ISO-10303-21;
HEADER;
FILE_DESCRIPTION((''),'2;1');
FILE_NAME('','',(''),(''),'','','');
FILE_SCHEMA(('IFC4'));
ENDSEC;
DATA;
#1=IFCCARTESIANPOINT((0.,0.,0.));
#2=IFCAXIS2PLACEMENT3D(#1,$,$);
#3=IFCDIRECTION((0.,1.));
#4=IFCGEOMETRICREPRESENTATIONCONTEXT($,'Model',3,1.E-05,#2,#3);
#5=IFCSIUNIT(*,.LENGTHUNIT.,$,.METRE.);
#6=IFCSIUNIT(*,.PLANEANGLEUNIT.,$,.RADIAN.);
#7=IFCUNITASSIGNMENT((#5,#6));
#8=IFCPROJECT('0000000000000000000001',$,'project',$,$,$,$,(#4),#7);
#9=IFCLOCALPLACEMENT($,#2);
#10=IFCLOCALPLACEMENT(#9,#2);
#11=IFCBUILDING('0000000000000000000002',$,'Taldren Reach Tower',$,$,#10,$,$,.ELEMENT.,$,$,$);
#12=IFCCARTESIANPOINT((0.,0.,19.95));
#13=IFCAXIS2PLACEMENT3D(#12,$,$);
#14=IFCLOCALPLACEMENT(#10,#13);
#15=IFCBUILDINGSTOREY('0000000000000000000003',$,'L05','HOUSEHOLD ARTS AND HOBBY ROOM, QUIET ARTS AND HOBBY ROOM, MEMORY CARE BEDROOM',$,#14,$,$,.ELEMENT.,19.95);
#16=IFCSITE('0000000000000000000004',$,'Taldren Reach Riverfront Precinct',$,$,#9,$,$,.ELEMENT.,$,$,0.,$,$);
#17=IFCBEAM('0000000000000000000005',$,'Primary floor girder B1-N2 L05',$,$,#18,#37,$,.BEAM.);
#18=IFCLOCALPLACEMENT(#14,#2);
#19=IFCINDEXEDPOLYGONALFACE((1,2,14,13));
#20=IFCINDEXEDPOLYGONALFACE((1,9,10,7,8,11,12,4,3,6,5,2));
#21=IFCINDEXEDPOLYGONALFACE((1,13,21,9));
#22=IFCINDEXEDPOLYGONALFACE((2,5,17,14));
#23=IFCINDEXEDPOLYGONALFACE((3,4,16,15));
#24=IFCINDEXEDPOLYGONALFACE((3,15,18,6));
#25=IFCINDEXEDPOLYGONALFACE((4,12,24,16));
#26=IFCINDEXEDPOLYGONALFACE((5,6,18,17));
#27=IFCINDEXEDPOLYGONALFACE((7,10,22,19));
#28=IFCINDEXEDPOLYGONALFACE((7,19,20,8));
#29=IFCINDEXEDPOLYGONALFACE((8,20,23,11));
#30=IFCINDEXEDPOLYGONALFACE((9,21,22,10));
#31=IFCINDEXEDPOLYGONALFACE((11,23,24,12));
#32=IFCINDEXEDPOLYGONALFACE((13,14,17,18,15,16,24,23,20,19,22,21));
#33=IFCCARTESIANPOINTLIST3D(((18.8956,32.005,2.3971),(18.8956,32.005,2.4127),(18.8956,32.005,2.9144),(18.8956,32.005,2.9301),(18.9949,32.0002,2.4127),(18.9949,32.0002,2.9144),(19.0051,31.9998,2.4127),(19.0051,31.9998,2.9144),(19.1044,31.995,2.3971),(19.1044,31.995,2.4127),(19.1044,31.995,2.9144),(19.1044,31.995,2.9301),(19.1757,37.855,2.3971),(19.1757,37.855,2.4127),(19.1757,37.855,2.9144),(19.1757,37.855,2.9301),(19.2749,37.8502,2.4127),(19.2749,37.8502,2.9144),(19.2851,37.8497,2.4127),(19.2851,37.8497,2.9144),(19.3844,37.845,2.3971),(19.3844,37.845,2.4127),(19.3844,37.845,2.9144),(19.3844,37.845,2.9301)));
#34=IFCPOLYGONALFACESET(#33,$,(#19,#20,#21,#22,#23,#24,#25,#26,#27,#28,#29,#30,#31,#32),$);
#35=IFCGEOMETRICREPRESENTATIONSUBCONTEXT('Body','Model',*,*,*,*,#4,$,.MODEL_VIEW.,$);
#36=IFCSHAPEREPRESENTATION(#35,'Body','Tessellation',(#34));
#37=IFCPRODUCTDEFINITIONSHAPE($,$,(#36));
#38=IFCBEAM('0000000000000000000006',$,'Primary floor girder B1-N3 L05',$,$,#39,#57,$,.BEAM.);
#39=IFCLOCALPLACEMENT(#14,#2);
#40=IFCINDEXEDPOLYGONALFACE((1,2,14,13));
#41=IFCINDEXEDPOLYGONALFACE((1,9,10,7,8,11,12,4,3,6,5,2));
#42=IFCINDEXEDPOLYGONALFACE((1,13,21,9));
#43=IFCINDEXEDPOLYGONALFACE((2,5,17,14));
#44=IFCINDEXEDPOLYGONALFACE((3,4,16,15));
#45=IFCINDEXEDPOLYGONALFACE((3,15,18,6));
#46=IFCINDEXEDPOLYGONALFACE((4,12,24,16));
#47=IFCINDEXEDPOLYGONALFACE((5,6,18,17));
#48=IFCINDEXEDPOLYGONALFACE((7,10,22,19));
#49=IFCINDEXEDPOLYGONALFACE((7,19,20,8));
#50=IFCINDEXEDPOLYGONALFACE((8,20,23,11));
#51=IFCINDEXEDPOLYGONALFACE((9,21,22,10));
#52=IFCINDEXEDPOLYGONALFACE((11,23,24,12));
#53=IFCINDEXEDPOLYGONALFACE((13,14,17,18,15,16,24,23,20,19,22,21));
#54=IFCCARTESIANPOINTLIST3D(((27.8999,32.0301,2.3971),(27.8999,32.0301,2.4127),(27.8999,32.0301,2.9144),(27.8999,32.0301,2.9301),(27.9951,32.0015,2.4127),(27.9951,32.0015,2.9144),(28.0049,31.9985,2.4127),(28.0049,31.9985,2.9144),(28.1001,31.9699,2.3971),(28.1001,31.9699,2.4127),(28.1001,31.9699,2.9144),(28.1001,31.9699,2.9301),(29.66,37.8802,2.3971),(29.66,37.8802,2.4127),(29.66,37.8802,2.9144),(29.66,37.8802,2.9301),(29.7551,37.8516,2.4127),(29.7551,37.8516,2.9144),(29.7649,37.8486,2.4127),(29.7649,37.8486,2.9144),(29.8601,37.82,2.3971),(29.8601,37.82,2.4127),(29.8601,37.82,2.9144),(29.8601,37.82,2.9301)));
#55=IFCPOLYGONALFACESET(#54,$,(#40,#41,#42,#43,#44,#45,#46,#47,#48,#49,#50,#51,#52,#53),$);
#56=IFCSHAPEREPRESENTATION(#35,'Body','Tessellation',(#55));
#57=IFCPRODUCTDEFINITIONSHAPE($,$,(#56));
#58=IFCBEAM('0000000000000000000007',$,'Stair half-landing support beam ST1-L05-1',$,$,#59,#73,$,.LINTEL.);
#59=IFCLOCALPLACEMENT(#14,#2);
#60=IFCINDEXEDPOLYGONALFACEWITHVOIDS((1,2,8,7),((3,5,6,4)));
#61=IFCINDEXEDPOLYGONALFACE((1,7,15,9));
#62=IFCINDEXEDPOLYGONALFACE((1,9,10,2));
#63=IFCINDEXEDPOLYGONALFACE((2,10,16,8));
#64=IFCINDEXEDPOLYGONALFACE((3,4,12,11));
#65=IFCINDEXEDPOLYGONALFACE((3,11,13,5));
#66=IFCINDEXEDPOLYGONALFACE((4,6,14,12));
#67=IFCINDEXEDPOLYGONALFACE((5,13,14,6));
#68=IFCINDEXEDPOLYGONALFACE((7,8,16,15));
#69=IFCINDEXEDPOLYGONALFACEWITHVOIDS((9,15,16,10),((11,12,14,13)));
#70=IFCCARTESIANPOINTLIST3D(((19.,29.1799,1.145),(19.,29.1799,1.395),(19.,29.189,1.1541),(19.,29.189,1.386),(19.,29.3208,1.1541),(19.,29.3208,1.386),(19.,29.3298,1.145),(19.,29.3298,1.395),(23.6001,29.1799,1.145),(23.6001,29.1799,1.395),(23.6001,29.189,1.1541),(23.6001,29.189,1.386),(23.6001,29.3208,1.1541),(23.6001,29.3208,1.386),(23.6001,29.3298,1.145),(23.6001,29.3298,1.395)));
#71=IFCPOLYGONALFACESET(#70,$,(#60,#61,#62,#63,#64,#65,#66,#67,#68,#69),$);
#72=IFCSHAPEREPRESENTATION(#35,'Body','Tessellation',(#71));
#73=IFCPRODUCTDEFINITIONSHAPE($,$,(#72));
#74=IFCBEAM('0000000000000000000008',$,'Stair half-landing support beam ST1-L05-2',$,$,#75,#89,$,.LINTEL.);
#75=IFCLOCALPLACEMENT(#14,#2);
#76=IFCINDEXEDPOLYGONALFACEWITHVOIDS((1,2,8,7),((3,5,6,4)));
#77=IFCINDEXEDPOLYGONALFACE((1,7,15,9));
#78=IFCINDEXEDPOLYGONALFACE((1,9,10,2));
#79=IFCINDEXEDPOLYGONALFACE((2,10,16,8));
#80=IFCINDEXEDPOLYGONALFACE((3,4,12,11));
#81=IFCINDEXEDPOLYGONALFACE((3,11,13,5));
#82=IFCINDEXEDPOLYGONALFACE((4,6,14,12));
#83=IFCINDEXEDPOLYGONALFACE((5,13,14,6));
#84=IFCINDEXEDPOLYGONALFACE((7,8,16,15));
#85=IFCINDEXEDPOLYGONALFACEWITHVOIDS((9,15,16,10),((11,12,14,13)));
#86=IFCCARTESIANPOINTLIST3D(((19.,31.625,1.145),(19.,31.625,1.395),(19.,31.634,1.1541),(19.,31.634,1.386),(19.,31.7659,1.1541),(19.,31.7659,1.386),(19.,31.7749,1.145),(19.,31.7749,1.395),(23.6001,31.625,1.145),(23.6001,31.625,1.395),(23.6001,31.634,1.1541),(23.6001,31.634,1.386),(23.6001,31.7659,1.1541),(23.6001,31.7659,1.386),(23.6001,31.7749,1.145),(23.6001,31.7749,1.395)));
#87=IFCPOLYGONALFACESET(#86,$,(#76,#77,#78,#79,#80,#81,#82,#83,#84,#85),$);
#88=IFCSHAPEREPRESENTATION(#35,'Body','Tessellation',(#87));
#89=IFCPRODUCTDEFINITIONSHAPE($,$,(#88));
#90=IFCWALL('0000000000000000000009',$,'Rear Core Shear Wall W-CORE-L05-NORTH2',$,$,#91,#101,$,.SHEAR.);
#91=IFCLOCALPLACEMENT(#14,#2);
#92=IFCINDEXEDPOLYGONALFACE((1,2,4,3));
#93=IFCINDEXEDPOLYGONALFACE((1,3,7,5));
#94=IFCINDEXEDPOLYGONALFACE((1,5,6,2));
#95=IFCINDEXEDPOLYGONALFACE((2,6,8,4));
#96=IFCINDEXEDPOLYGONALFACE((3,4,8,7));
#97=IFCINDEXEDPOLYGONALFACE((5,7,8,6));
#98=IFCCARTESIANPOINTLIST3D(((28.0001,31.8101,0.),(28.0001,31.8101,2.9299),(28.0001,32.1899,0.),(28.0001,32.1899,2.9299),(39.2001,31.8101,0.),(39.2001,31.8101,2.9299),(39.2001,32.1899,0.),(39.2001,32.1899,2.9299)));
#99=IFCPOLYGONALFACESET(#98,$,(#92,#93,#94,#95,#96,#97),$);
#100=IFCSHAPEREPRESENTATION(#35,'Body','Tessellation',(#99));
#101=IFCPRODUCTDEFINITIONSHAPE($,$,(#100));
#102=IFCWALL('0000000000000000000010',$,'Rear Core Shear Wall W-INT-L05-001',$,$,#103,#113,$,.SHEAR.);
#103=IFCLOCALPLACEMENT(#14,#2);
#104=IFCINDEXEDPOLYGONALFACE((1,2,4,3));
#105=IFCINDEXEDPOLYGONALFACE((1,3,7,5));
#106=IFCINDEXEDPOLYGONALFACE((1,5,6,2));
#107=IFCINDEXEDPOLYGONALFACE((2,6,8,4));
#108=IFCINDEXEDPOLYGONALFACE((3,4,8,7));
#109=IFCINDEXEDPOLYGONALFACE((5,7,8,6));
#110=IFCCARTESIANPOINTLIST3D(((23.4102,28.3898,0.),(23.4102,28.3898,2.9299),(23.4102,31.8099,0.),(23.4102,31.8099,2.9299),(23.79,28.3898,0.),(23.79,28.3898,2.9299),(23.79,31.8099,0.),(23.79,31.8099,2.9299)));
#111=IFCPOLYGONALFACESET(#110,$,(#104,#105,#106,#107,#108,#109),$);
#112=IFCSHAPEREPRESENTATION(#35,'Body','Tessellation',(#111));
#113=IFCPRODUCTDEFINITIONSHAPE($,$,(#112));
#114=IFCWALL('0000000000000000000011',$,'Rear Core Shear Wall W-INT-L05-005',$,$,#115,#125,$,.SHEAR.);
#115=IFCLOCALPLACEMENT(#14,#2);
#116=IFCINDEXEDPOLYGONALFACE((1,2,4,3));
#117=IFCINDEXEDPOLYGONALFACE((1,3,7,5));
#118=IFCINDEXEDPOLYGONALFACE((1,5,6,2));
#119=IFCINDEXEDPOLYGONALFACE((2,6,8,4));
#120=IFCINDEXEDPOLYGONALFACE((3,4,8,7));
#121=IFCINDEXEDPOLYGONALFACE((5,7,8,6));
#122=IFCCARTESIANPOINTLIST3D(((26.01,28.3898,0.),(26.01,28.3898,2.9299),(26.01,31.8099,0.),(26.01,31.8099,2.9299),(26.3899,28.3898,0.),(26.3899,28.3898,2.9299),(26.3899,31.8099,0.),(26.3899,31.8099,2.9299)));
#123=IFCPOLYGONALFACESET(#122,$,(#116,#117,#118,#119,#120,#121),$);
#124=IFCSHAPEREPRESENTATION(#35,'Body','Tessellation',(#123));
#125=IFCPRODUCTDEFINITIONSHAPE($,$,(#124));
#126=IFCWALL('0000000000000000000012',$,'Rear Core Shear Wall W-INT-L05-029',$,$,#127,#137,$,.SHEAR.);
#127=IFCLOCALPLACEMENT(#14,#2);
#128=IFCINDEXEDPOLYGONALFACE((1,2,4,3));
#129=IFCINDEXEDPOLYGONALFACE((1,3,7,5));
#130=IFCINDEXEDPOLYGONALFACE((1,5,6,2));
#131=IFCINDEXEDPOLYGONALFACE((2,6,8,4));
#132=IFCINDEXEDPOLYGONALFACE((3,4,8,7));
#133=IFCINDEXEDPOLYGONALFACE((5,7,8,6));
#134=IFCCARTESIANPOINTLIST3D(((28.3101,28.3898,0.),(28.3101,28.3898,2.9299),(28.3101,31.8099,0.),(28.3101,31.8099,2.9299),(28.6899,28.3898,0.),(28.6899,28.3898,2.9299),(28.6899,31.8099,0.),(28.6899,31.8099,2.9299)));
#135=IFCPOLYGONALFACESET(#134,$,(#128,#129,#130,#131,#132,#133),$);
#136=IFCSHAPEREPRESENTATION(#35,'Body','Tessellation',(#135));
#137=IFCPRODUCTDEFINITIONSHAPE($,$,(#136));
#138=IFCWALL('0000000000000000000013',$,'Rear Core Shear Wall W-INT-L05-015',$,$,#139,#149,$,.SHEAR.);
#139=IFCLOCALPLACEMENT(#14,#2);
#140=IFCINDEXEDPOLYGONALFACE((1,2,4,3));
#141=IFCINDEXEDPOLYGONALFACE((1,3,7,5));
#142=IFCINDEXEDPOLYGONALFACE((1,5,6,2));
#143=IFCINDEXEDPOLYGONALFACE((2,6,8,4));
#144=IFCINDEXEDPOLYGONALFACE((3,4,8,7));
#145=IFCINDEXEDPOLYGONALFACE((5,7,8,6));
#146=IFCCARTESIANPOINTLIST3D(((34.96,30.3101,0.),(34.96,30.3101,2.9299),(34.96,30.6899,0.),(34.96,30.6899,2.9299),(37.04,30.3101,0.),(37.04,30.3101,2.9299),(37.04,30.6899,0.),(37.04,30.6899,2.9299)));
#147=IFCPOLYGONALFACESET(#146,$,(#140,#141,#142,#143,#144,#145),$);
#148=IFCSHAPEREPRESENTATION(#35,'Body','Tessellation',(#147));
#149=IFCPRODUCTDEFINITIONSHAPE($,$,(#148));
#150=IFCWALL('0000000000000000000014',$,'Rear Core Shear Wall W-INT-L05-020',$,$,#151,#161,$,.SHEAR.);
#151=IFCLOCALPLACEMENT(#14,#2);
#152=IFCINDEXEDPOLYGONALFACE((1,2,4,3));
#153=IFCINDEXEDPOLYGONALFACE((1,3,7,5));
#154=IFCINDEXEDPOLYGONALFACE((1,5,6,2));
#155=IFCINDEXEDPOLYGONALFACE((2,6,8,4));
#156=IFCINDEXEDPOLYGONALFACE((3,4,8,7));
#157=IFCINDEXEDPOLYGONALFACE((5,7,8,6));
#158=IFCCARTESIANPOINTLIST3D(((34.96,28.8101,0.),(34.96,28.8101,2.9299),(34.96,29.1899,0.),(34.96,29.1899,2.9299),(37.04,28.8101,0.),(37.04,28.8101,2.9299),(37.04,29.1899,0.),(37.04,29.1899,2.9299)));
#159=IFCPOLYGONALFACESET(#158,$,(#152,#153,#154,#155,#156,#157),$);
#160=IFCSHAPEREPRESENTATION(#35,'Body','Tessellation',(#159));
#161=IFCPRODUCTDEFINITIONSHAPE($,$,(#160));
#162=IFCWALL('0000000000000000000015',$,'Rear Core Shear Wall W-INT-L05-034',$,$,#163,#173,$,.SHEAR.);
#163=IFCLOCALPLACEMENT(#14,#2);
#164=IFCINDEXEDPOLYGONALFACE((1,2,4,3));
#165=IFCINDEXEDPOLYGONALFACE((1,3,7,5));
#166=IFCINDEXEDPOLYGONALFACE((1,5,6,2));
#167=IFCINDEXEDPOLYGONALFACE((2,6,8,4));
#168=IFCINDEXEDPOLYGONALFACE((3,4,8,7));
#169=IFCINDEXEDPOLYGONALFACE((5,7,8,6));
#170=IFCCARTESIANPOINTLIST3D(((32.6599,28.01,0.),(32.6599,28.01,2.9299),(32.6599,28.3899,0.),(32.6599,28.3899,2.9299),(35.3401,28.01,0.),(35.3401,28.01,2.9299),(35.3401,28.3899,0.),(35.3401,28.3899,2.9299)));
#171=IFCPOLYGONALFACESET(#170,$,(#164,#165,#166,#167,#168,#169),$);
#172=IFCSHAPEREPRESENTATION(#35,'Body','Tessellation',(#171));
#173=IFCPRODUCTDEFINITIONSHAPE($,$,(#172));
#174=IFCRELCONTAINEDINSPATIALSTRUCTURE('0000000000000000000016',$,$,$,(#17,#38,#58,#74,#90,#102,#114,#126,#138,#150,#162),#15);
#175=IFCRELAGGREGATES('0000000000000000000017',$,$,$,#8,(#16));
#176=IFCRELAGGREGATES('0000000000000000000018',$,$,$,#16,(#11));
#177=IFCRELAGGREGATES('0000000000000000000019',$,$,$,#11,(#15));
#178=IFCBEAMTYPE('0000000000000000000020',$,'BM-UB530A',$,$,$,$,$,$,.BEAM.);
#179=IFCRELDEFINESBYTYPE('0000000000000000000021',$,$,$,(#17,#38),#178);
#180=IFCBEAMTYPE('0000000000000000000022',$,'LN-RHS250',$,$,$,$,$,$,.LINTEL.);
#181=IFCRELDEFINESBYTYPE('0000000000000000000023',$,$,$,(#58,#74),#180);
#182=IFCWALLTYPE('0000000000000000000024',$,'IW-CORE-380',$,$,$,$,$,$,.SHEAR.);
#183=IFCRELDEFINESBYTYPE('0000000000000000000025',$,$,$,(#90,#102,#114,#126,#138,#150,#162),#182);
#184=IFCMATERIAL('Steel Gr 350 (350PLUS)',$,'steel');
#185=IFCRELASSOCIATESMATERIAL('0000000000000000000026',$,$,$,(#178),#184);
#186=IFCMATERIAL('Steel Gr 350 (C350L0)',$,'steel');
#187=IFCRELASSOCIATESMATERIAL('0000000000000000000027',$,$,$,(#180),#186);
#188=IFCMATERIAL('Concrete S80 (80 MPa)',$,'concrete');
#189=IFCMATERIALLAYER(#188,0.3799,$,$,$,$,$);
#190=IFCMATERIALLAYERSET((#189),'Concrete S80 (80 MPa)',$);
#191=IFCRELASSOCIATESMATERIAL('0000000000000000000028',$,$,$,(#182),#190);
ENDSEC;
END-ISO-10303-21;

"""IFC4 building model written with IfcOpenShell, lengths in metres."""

from ifc_helpers import new_model, si_unit, direction, frame, frame_2d, origin, origin_2d, place, context, subcontext, project, spatial, rectangle, hollow_rectangle, i_section, extrude, source, transform, mapped, material, layer, layer_set, material_profile, profile_set, type_object, element, save


model = new_model("IFC4")

# Units and contexts
model_context = context("Model", 3, precision=1e-05, world=origin(), true_north=direction((0.0, 1.0)))
body_context = subcontext(model_context, "Body", "Model", "MODEL_VIEW")
ifc_project = project(units=[si_unit("LENGTHUNIT", "METRE"), si_unit("PLANEANGLEUNIT", "RADIAN")], contexts=[model_context])

# Site, building, storey
site_placement = place(None, origin())
site = spatial("IfcSite", under=ifc_project, at=site_placement, Name="Taldren Reach Riverfront Precinct", CompositionType="ELEMENT", RefElevation=0.0)
building_placement = place(site_placement, origin())
building = spatial("IfcBuilding", under=site, at=building_placement, Name="Taldren Reach Tower", CompositionType="ELEMENT")
storey_placement = place(building_placement, frame((0.0, 0.0, 19.95)))
storey = spatial("IfcBuildingStorey", under=building, at=storey_placement, Name="L05", Description="HOUSEHOLD ARTS AND HOBBY ROOM, QUIET ARTS AND HOBBY ROOM, MEMORY CARE BEDROOM", CompositionType="ELEMENT", Elevation=19.95)

# Shared definitions
ifc_material_1 = material(Name="Steel Gr 350 (350PLUS)", Category="steel")

# Beams
ifc_material_profile_1 = material_profile(ifc_material_1, i_section(OverallWidth=0.209, OverallDepth=0.533, WebThickness=0.0103, FlangeThickness=0.0156, at=origin_2d()), Name="530UB92.4")
ifc_profile_set_1 = profile_set([ifc_material_profile_1], Name="Steel Gr 350 (350PLUS)")
beam_type_1 = type_object("IfcBeamType", Name="BM-UB530A", PredefinedType="BEAM", material=ifc_profile_set_1)
shared_shape_1 = source(origin(), body_context, "Body", "SweptSolid", [
    extrude(i_section(OverallWidth=0.209, OverallDepth=0.533, WebThickness=0.0103, FlangeThickness=0.0156, at=origin_2d()), origin(), (0.0, 0.0, 1.0), 5.8567),
])
beam_1_placement = place(storey_placement, frame((19.0, 32.0, 2.6636), z_axis=(0.047813, 0.998856, 0.0), x_axis=(-0.998856, 0.047813, 0.0)))
element("IfcBeam", 1, at=beam_1_placement, inside=storey, type_object=beam_type_1, Name="Primary floor girder B1-N2 L05", PredefinedType="BEAM", context=body_context, shape_type="MappedRepresentation", body=[
    mapped(shared_shape_1, transform((0.0, 0.0, 0.0), scale=1.0)),
])
shared_shape_2 = source(origin(), body_context, "Body", "SweptSolid", [
    extrude(i_section(OverallWidth=0.209, OverallDepth=0.533, WebThickness=0.0103, FlangeThickness=0.0156, at=origin_2d()), origin(), (0.0, 0.0, 1.0), 6.1091),
])
beam_2_placement = place(storey_placement, frame((28.0, 32.0, 2.6636), z_axis=(0.288096, 0.957602, 0.0), x_axis=(-0.957602, 0.288096, 0.0)))
element("IfcBeam", 2, at=beam_2_placement, inside=storey, type_object=beam_type_1, Name="Primary floor girder B1-N3 L05", PredefinedType="BEAM", context=body_context, shape_type="MappedRepresentation", body=[
    mapped(shared_shape_2, transform((0.0, 0.0, 0.0), scale=1.0)),
])
ifc_material_2 = material(Name="Steel Gr 350 (C350L0)", Category="steel")
ifc_material_profile_2 = material_profile(ifc_material_2, hollow_rectangle(XDim=0.1499, YDim=0.25, WallThickness=0.009, at=origin_2d()), Name="250x150x9.0RHS")
ifc_profile_set_2 = profile_set([ifc_material_profile_2], Name="Steel Gr 350 (C350L0)")
beam_type_2 = type_object("IfcBeamType", Name="LN-RHS250", PredefinedType="LINTEL", material=ifc_profile_set_2)
shared_shape_3 = source(origin(), body_context, "Body", "SweptSolid", [
    extrude(hollow_rectangle(XDim=0.1499, YDim=0.25, WallThickness=0.009, at=origin_2d()), origin(), (0.0, 0.0, 1.0), 4.6001),
])
for number, where, z_axis, x_axis, name in (
    (3, (19.0, 29.2549, 1.27), (1.0, 0.0, 0.0), (0.0, 1.0, 0.0), "Stair half-landing support beam ST1-L05-1"),
    (4, (19.0, 31.7, 1.27), (1.0, 0.0, 0.0), (0.0, 1.0, 0.0), "Stair half-landing support beam ST1-L05-2"),
):
    element("IfcBeam", number, at=place(storey_placement, frame(where, z_axis=z_axis, x_axis=x_axis)), inside=storey, type_object=beam_type_2, Name=name, PredefinedType="LINTEL", context=body_context, shape_type="MappedRepresentation", body=[
        mapped(shared_shape_3, transform((0.0, 0.0, 0.0), scale=1.0)),
    ])

# Walls
ifc_material_3 = material(Name="Concrete S80 (80 MPa)", Category="concrete")
ifc_layer_1 = layer(ifc_material_3, 0.3799)
ifc_layer_set_1 = layer_set([ifc_layer_1], Name="Concrete S80 (80 MPa)")
wall_type = type_object("IfcWallType", Name="IW-CORE-380", PredefinedType="SHEAR", material=ifc_layer_set_1)
shared_shape_4 = source(origin(), body_context, "Body", "SweptSolid", [
    extrude(rectangle(XDim=11.2, YDim=0.3799, at=frame_2d((5.6001, 0.0))), origin(), (0.0, 0.0, 1.0), 2.9299),
])
wall_1_placement = place(storey_placement, frame((28.0, 32.0, 0.0), z_axis=(0.0, 0.0, 1.0), x_axis=(1.0, 0.0, 0.0)))
element("IfcWall", 5, at=wall_1_placement, inside=storey, type_object=wall_type, Name="Rear Core Shear Wall W-CORE-L05-NORTH2", PredefinedType="SHEAR", context=body_context, shape_type="MappedRepresentation", body=[
    mapped(shared_shape_4, transform((0.0, 0.0, 0.0), scale=1.0)),
])
shared_shape_5 = source(origin(), body_context, "Body", "SweptSolid", [
    extrude(rectangle(XDim=3.4202, YDim=0.3799, at=frame_2d((1.71, 0.0))), origin(), (0.0, 0.0, 1.0), 2.9299),
])
for number, where, z_axis, x_axis, name in (
    (6, (23.6001, 28.3899, 0.0), (0.0, 0.0, 1.0), (0.0, 1.0, 0.0), "Rear Core Shear Wall W-INT-L05-001"),
    (7, (26.2, 28.3899, 0.0), (0.0, 0.0, 1.0), (0.0, 1.0, 0.0), "Rear Core Shear Wall W-INT-L05-005"),
    (8, (28.5, 28.3899, 0.0), (0.0, 0.0, 1.0), (0.0, 1.0, 0.0), "Rear Core Shear Wall W-INT-L05-029"),
):
    element("IfcWall", number, at=place(storey_placement, frame(where, z_axis=z_axis, x_axis=x_axis)), inside=storey, type_object=wall_type, Name=name, PredefinedType="SHEAR", context=body_context, shape_type="MappedRepresentation", body=[
        mapped(shared_shape_5, transform((0.0, 0.0, 0.0), scale=1.0)),
    ])
shared_shape_6 = source(origin(), body_context, "Body", "SweptSolid", [
    extrude(rectangle(XDim=2.0801, YDim=0.3799, at=frame_2d((1.04, 0.0))), origin(), (0.0, 0.0, 1.0), 2.9299),
])
for number, where, z_axis, x_axis, name in (
    (9, (34.96, 30.5, 0.0), (0.0, 0.0, 1.0), (1.0, 0.0, 0.0), "Rear Core Shear Wall W-INT-L05-015"),
    (10, (34.96, 29.0, 0.0), (0.0, 0.0, 1.0), (1.0, 0.0, 0.0), "Rear Core Shear Wall W-INT-L05-020"),
):
    element("IfcWall", number, at=place(storey_placement, frame(where, z_axis=z_axis, x_axis=x_axis)), inside=storey, type_object=wall_type, Name=name, PredefinedType="SHEAR", context=body_context, shape_type="MappedRepresentation", body=[
        mapped(shared_shape_6, transform((0.0, 0.0, 0.0), scale=1.0)),
    ])
shared_shape_7 = source(origin(), body_context, "Body", "SweptSolid", [
    extrude(rectangle(XDim=2.6802, YDim=0.3799, at=frame_2d((1.3401, 0.0))), origin(), (0.0, 0.0, 1.0), 2.9299),
])
wall_2_placement = place(storey_placement, frame((32.6599, 28.2, 0.0), z_axis=(0.0, 0.0, 1.0), x_axis=(1.0, 0.0, 0.0)))
element("IfcWall", 11, at=wall_2_placement, inside=storey, type_object=wall_type, Name="Rear Core Shear Wall W-INT-L05-034", PredefinedType="SHEAR", context=body_context, shape_type="MappedRepresentation", body=[
    mapped(shared_shape_7, transform((0.0, 0.0, 0.0), scale=1.0)),
])

save(model, "model.ifc")
